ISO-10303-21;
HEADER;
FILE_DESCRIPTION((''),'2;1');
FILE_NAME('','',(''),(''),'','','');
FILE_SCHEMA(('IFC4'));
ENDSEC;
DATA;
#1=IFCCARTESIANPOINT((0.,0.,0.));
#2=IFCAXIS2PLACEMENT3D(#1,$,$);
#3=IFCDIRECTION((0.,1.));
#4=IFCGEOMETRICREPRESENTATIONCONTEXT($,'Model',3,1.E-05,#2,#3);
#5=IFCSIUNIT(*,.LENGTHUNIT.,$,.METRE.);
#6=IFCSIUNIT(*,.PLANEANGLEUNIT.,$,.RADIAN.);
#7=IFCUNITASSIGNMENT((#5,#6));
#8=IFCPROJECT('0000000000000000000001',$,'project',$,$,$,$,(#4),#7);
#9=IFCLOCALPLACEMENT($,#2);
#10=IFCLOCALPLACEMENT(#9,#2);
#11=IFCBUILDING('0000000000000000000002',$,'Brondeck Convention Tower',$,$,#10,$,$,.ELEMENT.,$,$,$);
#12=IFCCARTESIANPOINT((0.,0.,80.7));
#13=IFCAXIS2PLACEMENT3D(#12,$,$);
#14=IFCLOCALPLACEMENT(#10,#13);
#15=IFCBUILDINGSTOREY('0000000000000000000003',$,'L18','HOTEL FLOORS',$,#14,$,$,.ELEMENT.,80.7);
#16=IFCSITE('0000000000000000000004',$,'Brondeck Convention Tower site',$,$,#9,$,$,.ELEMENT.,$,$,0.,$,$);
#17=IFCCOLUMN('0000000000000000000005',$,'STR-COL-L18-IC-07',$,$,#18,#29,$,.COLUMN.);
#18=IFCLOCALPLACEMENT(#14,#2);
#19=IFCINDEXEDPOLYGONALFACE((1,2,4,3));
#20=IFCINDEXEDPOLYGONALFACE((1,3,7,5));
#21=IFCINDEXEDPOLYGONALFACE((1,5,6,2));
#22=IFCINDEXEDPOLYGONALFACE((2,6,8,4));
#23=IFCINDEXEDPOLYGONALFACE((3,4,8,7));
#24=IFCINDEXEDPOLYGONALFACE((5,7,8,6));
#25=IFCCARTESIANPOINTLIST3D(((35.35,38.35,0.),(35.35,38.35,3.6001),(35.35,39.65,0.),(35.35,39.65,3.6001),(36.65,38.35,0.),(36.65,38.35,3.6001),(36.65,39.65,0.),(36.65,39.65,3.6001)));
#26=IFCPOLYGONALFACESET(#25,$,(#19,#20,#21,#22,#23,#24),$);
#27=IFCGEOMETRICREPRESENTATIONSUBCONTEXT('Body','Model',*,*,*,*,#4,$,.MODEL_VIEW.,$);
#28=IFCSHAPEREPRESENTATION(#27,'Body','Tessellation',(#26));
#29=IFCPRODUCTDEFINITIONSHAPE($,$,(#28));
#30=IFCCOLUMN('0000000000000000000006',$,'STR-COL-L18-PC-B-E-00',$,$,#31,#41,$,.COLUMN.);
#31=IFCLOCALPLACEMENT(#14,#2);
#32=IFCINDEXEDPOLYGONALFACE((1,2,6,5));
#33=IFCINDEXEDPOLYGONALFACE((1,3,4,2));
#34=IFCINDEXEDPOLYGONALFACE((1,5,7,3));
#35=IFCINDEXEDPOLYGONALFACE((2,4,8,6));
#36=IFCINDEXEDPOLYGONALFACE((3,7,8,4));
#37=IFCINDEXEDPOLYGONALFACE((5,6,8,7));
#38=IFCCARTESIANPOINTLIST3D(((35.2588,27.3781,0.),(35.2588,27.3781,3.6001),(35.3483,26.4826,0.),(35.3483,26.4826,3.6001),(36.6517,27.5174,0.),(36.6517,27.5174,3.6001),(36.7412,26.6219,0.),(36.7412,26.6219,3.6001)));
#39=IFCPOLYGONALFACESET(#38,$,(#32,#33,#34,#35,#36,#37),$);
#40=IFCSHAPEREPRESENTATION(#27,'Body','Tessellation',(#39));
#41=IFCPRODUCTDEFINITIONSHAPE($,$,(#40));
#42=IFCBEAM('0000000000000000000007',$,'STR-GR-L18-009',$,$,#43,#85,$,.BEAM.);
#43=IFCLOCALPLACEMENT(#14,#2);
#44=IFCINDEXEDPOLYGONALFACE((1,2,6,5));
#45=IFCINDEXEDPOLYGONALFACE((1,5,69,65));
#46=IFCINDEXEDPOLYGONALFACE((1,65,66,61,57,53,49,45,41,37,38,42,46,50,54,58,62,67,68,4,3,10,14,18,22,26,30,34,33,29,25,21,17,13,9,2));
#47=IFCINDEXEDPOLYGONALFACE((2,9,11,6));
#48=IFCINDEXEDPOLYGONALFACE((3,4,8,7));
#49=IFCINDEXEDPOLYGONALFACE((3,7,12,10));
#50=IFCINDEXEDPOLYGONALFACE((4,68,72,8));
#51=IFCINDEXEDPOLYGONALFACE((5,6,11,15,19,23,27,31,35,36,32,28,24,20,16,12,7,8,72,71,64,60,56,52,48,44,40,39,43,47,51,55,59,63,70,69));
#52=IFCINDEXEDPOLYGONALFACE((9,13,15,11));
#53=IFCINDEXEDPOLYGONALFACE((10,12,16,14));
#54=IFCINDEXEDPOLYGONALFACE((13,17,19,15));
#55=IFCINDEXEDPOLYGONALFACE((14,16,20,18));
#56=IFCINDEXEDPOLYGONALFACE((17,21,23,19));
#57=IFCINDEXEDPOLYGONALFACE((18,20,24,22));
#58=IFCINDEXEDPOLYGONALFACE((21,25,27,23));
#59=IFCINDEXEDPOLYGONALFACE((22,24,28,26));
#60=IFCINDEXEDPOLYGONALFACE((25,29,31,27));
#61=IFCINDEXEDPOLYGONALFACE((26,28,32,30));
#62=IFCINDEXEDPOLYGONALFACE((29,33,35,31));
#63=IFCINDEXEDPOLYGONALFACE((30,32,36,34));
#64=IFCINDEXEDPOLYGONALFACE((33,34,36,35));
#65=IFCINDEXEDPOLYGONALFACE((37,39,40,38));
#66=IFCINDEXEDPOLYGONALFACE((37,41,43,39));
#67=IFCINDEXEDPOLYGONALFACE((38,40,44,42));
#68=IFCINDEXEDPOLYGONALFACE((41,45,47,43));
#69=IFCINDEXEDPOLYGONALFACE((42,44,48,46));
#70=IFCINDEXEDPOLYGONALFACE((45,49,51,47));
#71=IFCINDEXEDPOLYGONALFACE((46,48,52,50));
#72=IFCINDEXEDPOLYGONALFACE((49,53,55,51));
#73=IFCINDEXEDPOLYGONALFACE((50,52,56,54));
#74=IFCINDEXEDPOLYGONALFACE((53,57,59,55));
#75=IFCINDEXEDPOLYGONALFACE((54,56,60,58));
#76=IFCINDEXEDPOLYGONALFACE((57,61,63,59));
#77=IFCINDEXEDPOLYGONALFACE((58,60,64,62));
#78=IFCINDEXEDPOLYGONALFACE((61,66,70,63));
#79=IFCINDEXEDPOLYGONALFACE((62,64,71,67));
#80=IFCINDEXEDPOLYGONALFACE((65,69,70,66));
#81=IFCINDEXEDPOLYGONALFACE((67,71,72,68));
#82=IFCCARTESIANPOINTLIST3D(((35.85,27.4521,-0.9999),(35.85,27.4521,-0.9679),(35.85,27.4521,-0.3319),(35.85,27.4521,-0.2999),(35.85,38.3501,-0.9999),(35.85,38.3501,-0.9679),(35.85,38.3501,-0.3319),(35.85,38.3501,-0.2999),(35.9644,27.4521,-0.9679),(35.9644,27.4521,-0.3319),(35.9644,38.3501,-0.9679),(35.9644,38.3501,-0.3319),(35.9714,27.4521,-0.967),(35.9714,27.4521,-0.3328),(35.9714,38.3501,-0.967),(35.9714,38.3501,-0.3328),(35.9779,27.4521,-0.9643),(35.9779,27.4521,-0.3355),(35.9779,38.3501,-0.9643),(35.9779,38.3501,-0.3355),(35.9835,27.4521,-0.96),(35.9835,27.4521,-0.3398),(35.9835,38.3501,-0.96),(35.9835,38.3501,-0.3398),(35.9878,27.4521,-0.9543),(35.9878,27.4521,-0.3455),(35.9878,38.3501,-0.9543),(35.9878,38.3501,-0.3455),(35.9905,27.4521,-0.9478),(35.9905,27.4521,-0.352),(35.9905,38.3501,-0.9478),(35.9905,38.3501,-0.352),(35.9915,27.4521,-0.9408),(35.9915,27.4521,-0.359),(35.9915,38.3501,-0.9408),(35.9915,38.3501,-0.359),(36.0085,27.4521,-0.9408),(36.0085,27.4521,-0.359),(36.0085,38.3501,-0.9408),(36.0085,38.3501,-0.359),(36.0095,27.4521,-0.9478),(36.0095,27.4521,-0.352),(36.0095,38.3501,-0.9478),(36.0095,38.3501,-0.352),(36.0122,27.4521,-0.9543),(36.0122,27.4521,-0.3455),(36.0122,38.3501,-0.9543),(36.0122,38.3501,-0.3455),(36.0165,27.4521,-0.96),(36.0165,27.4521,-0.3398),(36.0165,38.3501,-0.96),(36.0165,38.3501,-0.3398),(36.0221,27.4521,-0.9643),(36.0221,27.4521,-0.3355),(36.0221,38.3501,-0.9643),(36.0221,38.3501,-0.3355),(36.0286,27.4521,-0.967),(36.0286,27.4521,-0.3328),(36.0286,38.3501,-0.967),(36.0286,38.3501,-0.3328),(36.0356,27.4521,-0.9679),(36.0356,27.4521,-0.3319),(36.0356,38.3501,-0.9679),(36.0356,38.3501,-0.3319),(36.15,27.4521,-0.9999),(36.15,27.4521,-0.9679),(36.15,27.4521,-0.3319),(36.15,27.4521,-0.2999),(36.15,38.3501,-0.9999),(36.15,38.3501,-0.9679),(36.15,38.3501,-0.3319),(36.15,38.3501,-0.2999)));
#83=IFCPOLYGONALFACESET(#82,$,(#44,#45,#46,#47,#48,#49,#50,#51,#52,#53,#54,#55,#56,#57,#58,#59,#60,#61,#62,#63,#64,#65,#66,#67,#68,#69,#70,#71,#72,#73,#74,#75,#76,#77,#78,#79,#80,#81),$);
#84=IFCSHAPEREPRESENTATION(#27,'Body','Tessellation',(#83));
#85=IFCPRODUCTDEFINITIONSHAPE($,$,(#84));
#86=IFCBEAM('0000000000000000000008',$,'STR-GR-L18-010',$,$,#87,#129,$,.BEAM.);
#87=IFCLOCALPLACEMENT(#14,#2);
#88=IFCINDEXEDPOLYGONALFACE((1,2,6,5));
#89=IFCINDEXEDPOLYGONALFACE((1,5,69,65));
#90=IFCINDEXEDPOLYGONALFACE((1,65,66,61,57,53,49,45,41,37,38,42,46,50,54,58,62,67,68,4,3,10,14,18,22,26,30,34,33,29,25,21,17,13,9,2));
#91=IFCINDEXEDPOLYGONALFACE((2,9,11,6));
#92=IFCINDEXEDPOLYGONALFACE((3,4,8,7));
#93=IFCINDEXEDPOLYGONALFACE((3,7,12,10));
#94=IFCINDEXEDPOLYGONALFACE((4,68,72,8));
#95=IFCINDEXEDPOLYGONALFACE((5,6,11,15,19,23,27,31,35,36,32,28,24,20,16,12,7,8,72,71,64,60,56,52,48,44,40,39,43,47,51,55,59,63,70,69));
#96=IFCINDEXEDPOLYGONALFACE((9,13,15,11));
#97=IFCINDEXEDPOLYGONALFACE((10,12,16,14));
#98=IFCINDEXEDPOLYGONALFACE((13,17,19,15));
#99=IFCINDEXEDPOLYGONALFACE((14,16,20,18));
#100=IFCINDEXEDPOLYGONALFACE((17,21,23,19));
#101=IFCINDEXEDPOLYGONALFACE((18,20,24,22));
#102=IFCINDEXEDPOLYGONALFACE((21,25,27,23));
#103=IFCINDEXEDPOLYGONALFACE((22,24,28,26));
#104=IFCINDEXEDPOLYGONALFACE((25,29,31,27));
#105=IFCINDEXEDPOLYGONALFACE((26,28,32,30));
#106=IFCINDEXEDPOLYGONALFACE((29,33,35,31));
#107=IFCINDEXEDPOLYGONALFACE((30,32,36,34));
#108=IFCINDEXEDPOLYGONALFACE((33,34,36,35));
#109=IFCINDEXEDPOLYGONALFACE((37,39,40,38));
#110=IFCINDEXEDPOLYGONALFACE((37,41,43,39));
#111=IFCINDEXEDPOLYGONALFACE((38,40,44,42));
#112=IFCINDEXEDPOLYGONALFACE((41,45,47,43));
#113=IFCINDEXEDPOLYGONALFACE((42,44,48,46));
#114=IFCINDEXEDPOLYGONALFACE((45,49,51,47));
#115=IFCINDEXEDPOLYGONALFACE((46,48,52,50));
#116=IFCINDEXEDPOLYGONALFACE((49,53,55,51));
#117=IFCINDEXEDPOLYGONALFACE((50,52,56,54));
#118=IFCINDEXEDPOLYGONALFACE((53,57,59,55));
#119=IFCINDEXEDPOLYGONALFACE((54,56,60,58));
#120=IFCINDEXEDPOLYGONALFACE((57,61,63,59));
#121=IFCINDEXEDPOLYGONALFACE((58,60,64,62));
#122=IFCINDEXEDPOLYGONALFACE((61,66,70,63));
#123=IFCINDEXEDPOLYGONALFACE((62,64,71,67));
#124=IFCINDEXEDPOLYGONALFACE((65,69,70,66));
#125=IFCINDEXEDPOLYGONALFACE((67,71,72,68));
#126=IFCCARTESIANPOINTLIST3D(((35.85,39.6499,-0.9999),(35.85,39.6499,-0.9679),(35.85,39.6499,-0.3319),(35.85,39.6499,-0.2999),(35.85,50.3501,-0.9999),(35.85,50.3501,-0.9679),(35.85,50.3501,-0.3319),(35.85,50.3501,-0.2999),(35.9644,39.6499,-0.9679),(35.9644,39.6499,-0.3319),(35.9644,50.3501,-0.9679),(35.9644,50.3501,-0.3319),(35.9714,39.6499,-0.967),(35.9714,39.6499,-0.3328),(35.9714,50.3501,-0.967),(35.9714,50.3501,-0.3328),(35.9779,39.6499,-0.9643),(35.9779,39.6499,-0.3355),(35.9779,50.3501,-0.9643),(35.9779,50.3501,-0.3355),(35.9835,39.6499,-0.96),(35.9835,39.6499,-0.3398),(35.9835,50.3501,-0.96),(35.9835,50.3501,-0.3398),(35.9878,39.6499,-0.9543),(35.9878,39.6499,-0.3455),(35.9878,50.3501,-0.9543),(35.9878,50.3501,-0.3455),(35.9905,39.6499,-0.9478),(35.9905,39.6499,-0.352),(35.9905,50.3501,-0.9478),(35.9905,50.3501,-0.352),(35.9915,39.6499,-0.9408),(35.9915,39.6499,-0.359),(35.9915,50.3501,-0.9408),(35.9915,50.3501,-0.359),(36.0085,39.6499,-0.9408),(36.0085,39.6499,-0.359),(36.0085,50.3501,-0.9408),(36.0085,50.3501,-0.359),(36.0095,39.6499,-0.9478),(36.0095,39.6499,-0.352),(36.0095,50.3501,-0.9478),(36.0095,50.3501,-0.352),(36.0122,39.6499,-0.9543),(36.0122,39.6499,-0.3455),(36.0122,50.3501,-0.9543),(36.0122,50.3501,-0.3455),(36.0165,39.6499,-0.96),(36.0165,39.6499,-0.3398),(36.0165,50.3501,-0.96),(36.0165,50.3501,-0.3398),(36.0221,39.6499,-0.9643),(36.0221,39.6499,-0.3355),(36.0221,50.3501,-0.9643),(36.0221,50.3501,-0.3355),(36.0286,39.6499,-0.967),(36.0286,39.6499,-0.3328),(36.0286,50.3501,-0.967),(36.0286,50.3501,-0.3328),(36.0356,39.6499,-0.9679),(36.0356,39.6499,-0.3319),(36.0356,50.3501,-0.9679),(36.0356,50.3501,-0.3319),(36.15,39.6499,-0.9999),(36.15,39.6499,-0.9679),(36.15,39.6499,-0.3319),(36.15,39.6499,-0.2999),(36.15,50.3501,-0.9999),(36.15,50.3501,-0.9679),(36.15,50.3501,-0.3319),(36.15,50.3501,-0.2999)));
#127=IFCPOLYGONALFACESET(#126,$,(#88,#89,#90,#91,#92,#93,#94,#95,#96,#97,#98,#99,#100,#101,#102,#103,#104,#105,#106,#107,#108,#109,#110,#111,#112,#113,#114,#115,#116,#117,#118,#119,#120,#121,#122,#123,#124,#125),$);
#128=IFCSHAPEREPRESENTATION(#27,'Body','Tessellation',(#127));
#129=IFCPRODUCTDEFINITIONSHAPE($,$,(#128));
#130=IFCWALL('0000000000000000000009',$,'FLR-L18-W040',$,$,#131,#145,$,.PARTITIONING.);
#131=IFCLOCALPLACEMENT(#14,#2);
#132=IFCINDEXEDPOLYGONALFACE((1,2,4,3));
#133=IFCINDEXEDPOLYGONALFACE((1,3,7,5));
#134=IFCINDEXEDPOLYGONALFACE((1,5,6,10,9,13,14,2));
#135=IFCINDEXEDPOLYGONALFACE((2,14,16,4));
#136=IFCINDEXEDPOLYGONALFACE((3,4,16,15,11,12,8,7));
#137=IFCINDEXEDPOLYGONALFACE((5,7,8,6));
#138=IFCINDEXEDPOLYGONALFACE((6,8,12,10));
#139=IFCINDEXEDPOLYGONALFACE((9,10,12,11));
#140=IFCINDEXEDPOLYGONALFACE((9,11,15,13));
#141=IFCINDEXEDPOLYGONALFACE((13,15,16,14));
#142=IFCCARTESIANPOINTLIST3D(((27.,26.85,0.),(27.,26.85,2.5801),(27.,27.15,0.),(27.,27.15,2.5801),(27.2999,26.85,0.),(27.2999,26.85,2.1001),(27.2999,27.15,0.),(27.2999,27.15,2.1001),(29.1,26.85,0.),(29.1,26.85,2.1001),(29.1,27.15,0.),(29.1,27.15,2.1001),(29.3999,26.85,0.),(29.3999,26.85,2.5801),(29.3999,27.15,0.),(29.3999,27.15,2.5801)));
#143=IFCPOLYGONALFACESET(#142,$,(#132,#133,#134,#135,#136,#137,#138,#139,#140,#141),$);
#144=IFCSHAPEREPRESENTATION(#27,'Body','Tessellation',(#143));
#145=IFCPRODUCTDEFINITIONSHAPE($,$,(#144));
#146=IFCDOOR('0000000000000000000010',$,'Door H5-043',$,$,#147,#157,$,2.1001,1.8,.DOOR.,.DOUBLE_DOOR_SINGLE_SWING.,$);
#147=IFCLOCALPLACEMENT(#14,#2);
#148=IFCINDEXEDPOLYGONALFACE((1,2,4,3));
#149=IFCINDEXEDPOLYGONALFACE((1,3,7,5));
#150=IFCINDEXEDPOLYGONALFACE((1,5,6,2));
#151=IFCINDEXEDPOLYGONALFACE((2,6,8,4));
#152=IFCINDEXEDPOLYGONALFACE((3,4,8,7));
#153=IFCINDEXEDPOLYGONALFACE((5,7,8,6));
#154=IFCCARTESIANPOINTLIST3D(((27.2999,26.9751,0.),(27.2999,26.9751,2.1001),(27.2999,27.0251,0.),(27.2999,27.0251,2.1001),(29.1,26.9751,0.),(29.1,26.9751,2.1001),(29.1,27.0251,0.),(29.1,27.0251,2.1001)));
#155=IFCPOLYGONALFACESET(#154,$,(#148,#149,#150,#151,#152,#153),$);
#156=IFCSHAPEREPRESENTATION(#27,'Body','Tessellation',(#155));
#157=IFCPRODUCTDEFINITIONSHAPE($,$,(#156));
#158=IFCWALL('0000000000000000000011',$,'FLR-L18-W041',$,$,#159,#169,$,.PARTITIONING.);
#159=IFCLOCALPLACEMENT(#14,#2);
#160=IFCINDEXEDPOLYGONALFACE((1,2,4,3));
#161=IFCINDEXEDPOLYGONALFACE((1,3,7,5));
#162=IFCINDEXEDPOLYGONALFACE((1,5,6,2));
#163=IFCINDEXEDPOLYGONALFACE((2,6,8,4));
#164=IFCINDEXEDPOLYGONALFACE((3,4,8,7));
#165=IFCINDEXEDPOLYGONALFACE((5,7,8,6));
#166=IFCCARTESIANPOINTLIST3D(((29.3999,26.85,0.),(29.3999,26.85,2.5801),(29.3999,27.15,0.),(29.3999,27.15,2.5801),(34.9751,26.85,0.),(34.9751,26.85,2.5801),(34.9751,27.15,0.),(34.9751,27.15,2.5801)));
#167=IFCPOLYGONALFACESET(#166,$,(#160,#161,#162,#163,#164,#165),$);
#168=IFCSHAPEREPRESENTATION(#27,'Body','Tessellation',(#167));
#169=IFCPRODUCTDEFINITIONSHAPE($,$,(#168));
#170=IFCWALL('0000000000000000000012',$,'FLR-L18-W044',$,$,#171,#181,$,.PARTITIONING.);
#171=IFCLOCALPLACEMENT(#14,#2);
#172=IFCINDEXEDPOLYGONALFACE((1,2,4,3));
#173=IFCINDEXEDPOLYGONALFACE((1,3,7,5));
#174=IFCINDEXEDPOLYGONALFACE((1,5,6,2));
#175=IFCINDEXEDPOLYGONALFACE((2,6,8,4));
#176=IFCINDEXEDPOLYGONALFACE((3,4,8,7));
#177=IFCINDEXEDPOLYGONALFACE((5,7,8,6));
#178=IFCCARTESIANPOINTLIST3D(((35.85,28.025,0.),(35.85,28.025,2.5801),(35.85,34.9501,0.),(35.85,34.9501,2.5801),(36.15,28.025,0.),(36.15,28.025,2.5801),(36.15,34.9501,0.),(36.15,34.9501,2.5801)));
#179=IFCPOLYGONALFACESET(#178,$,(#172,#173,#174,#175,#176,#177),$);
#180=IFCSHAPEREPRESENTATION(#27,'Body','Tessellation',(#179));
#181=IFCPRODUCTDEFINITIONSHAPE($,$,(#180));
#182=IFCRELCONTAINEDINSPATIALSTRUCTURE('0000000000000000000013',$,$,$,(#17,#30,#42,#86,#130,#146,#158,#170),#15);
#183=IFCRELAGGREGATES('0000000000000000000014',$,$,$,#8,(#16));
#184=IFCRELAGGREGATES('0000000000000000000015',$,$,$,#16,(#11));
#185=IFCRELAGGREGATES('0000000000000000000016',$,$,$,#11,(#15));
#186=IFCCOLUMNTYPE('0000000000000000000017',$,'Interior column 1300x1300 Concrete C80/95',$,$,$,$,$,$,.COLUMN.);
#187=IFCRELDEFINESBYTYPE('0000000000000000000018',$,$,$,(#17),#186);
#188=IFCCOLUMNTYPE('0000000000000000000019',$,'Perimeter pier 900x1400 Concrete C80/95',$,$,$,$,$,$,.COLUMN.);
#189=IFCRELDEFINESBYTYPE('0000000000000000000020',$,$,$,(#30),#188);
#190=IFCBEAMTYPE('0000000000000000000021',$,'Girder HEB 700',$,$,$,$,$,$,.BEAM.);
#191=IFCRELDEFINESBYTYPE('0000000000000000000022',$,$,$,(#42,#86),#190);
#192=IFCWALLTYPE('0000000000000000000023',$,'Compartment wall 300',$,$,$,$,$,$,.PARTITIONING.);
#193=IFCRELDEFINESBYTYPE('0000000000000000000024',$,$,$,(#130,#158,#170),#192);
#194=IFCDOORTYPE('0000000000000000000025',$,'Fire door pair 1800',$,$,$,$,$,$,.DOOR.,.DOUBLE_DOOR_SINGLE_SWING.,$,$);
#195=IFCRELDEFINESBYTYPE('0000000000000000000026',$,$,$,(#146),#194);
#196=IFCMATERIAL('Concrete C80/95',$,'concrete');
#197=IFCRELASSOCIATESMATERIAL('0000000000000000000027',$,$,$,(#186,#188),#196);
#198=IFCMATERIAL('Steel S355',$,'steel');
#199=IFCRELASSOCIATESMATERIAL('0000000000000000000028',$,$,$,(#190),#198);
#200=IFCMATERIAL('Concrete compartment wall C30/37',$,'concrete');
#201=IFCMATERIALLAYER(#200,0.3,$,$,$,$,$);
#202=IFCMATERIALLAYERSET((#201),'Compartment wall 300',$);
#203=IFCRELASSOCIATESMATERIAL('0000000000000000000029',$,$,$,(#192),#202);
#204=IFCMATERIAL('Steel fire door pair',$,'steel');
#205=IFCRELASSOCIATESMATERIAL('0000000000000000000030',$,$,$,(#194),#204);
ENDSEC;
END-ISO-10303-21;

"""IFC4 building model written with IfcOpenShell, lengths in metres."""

from ifc_helpers import new_model, si_unit, direction, frame, frame_2d, origin, origin_2d, place, context, subcontext, project, spatial, rectangle, i_section, extrude, material, layer, layer_set, material_profile, profile_set, type_object, element, fill, save


model = new_model("IFC4")

# Units and contexts
model_context = context("Model", 3, precision=1e-05, world=origin(), true_north=direction((0.0, 1.0)))
body_context = subcontext(model_context, "Body", "Model", "MODEL_VIEW")
ifc_project = project(units=[si_unit("LENGTHUNIT", "METRE"), si_unit("PLANEANGLEUNIT", "RADIAN")], contexts=[model_context])

# Site, building, storey
site_placement = place(None, origin())
site = spatial("IfcSite", under=ifc_project, at=site_placement, Name="Brondeck Convention Tower site", CompositionType="ELEMENT", RefElevation=0.0)
building_placement = place(site_placement, origin())
building = spatial("IfcBuilding", under=site, at=building_placement, Name="Brondeck Convention Tower", CompositionType="ELEMENT")
storey_placement = place(building_placement, frame((0.0, 0.0, 80.7)))
storey = spatial("IfcBuildingStorey", under=building, at=storey_placement, Name="L18", Description="HOTEL FLOORS", CompositionType="ELEMENT", Elevation=80.7)

# Columns
ifc_material_1 = material(Name="Concrete C80/95", Category="concrete")
ifc_material_profile_1 = material_profile(ifc_material_1, rectangle(XDim=1.3, YDim=1.3, at=origin_2d()), Name="Interior column 1300x1300 Concrete C80/95")
ifc_profile_set_1 = profile_set([ifc_material_profile_1], Name="Concrete C80/95")
column_type_1 = type_object("IfcColumnType", Name="Interior column 1300x1300 Concrete C80/95", PredefinedType="COLUMN", material=ifc_profile_set_1)
column_1_placement = place(storey_placement, frame((36.0, 39.0, 0.0), z_axis=(0.0, 0.0, 1.0), x_axis=(1.0, 0.0, 0.0)))
element("IfcColumn", 1, at=column_1_placement, inside=storey, type_object=column_type_1, Name="STR-COL-L18-IC-07", PredefinedType="COLUMN", context=body_context, shape_type="SweptSolid", body=[
    extrude(rectangle(XDim=1.3, YDim=1.3, at=origin_2d()), origin(), (0.0, 0.0, 1.0), 3.6001),
])
ifc_material_profile_2 = material_profile(ifc_material_1, rectangle(XDim=0.8999, YDim=1.3999, at=origin_2d()), Name="Perimeter pier 900x1400 Concrete C80/95")
ifc_profile_set_2 = profile_set([ifc_material_profile_2], Name="Concrete C80/95")
column_type_2 = type_object("IfcColumnType", Name="Perimeter pier 900x1400 Concrete C80/95", PredefinedType="COLUMN", material=ifc_profile_set_2)
column_2_placement = place(storey_placement, frame((36.0, 27.0, 0.0), z_axis=(0.0, 0.0, 1.0), x_axis=(-0.099504, 0.995037, 0.0)))
element("IfcColumn", 2, at=column_2_placement, inside=storey, type_object=column_type_2, Name="STR-COL-L18-PC-B-E-00", PredefinedType="COLUMN", context=body_context, shape_type="SweptSolid", body=[
    extrude(rectangle(XDim=0.8999, YDim=1.3999, at=origin_2d()), origin(), (0.0, 0.0, 1.0), 3.6001),
])

# Beams
ifc_material_2 = material(Name="Steel S355", Category="steel")
ifc_material_profile_3 = material_profile(ifc_material_2, i_section(OverallWidth=0.3, OverallDepth=0.7, WebThickness=0.0171, FlangeThickness=0.032, FilletRadius=0.0271, at=origin_2d()), Name="HEB 700")
ifc_profile_set_3 = profile_set([ifc_material_profile_3], Name="Steel S355")
beam_type = type_object("IfcBeamType", Name="Girder HEB 700", PredefinedType="BEAM", material=ifc_profile_set_3)
beam_1_placement = place(storey_placement, frame((36.0, 27.4521, -0.6499), z_axis=(0.0, 1.0, 0.0), x_axis=(-1.0, 0.0, 0.0)))
element("IfcBeam", 3, at=beam_1_placement, inside=storey, type_object=beam_type, Name="STR-GR-L18-009", PredefinedType="BEAM", context=body_context, shape_type="SweptSolid", body=[
    extrude(i_section(OverallWidth=0.3, OverallDepth=0.7, WebThickness=0.0171, FlangeThickness=0.032, FilletRadius=0.0271, at=origin_2d()), origin(), (0.0, 0.0, 1.0), 10.8979),
])
beam_2_placement = place(storey_placement, frame((36.0, 39.6499, -0.6499), z_axis=(0.0, 1.0, 0.0), x_axis=(-1.0, 0.0, 0.0)))
element("IfcBeam", 4, at=beam_2_placement, inside=storey, type_object=beam_type, Name="STR-GR-L18-010", PredefinedType="BEAM", context=body_context, shape_type="SweptSolid", body=[
    extrude(i_section(OverallWidth=0.3, OverallDepth=0.7, WebThickness=0.0171, FlangeThickness=0.032, FilletRadius=0.0271, at=origin_2d()), origin(), (0.0, 0.0, 1.0), 10.7002),
])

# Wall, opening, door
ifc_material_3 = material(Name="Concrete compartment wall C30/37", Category="concrete")
ifc_layer_1 = layer(ifc_material_3, 0.3)
ifc_layer_set_1 = layer_set([ifc_layer_1], Name="Compartment wall 300")
wall_type_1 = type_object("IfcWallType", Name="Compartment wall 300", PredefinedType="PARTITIONING", material=ifc_layer_set_1)
wall_1_placement = place(storey_placement, frame((29.3999, 27.0, 0.0), z_axis=(0.0, 0.0, 1.0), x_axis=(-1.0, 0.0, 0.0)))
wall_1 = element("IfcWall", 5, at=wall_1_placement, inside=storey, type_object=wall_type_1, Name="FLR-L18-W040", PredefinedType="PARTITIONING", context=body_context, shape_type="SweptSolid", body=[
    extrude(rectangle(XDim=2.3999, YDim=0.3, at=frame_2d((1.2, 0.0))), origin(), (0.0, 0.0, 1.0), 2.5801),
])
opening_1_placement = place(wall_1_placement, frame((0.3, 0.0, 0.0)))
opening_1 = element("IfcOpeningElement", 6, at=opening_1_placement, cuts=wall_1, PredefinedType="OPENING", context=body_context, shape_type="SweptSolid", body=[
    extrude(rectangle(XDim=1.8, YDim=2.1001, at=frame_2d((0.8999, 1.05))), frame((0.0, 0.1599, 0.0), z_axis=(0.0, -1.0, 0.0), x_axis=(1.0, 0.0, 0.0)), (0.0, 0.0, 1.0), 0.3201),
])
ifc_material_4 = material(Name="Steel fire door pair", Category="steel")
door_type_1 = type_object("IfcDoorType", Name="Fire door pair 1800", OperationType="DOUBLE_DOOR_SINGLE_SWING", PredefinedType="DOOR", material=ifc_material_4)
door_1_placement = place(opening_1_placement, origin())
door_1 = element("IfcDoor", 7, at=door_1_placement, inside=storey, type_object=door_type_1, Name="Door H5-043", OperationType="DOUBLE_DOOR_SINGLE_SWING", OverallHeight=2.1001, OverallWidth=1.8, PredefinedType="DOOR", context=body_context, shape_type="SweptSolid", body=[
    extrude(rectangle(XDim=1.8, YDim=2.1001, at=frame_2d((0.8999, 1.05))), frame((0.0, 0.0249, 0.0), z_axis=(0.0, -1.0, 0.0), x_axis=(1.0, 0.0, 0.0)), (0.0, 0.0, 1.0), 0.05),
])
fill(opening_1, door_1)

# Walls
wall_2_placement = place(storey_placement, frame((34.9751, 27.0, 0.0), z_axis=(0.0, 0.0, 1.0), x_axis=(-1.0, 0.0, 0.0)))
element("IfcWall", 8, at=wall_2_placement, inside=storey, type_object=wall_type_1, Name="FLR-L18-W041", PredefinedType="PARTITIONING", context=body_context, shape_type="SweptSolid", body=[
    extrude(rectangle(XDim=5.5752, YDim=0.3, at=frame_2d((2.7876, 0.0))), origin(), (0.0, 0.0, 1.0), 2.5801),
])
wall_3_placement = place(storey_placement, frame((36.0, 34.95, 0.0), z_axis=(0.0, 0.0, 1.0), x_axis=(0.0, -1.0, 0.0)))
element("IfcWall", 9, at=wall_3_placement, inside=storey, type_object=wall_type_1, Name="FLR-L18-W044", PredefinedType="PARTITIONING", context=body_context, shape_type="SweptSolid", body=[
    extrude(rectangle(XDim=6.925, YDim=0.3, at=frame_2d((3.4624, 0.0))), origin(), (0.0, 0.0, 1.0), 2.5801),
])

save(model, "model.ifc")
